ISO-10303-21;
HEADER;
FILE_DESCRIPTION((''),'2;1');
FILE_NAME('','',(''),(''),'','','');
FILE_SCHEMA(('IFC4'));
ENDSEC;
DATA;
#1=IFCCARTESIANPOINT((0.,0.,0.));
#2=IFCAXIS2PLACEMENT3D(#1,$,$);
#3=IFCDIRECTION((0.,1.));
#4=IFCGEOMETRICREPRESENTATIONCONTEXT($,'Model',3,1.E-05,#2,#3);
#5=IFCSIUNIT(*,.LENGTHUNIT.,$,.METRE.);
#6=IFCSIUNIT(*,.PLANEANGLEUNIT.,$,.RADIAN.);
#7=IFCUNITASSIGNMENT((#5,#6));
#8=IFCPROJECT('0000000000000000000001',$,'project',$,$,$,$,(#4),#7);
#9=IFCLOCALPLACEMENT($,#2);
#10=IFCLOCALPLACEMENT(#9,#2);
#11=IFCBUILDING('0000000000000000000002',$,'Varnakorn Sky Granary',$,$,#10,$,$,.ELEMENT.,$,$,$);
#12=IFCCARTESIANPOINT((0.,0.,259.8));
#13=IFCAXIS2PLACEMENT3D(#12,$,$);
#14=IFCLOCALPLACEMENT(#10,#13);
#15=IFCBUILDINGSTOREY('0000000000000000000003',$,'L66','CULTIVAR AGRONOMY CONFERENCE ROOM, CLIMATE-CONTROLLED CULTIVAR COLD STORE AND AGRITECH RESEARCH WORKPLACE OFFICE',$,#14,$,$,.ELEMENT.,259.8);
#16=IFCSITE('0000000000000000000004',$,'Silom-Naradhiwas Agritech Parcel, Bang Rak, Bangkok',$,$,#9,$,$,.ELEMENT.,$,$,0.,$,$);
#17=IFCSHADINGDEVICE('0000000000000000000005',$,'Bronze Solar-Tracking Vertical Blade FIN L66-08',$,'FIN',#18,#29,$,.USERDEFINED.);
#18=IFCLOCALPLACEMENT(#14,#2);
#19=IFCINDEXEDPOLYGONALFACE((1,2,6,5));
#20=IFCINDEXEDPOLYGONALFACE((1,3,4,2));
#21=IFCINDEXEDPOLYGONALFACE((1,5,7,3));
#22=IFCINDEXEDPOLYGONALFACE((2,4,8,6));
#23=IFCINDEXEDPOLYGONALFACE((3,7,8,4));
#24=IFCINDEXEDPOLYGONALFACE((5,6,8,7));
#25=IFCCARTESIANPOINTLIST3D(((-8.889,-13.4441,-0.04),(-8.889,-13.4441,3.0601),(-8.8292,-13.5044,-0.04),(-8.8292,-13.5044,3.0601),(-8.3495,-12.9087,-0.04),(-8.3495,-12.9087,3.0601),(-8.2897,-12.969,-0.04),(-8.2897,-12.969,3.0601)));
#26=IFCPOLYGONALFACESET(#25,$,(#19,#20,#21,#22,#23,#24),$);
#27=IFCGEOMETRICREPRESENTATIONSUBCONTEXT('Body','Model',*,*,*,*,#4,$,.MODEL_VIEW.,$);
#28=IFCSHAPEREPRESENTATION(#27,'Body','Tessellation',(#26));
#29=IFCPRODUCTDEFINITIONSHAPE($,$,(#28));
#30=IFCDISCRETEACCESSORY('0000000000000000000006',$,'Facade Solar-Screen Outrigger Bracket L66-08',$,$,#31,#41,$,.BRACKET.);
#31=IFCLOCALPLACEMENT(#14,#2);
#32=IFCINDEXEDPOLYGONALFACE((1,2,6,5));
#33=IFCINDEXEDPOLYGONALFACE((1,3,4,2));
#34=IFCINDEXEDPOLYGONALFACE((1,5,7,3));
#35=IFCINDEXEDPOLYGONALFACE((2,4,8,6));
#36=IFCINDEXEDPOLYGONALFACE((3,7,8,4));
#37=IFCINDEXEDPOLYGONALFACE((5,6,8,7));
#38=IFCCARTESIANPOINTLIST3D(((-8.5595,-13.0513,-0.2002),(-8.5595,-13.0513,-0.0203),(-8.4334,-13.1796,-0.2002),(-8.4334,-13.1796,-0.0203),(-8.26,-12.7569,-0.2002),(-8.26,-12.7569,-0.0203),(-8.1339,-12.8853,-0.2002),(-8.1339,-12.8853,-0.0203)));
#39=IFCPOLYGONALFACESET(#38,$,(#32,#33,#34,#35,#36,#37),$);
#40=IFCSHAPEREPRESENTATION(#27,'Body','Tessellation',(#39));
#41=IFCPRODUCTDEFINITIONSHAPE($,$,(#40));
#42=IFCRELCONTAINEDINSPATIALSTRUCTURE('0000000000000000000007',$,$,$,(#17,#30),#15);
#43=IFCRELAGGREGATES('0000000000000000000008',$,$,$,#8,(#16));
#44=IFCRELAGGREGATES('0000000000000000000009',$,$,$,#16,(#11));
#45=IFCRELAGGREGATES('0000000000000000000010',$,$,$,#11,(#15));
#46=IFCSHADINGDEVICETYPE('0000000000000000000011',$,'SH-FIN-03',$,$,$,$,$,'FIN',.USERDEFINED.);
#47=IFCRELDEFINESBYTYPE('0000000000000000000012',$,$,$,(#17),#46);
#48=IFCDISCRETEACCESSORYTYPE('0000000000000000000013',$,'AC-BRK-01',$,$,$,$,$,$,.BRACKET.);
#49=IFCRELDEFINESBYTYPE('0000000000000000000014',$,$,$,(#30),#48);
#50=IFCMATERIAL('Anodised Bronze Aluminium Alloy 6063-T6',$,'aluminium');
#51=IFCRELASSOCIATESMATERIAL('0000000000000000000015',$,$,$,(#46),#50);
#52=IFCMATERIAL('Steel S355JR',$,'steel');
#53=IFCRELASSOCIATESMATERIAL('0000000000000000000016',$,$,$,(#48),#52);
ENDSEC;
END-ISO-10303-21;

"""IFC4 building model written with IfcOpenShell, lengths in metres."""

from ifc_helpers import new_model, si_unit, direction, frame, origin, origin_2d, place, context, subcontext, project, spatial, rectangle, extrude, source, transform, mapped, material, type_object, type_shapes, element, save


model = new_model("IFC4")

# Units and contexts
model_context = context("Model", 3, precision=1e-05, world=origin(), true_north=direction((0.0, 1.0)))
body_context = subcontext(model_context, "Body", "Model", "MODEL_VIEW")
ifc_project = project(units=[si_unit("LENGTHUNIT", "METRE"), si_unit("PLANEANGLEUNIT", "RADIAN")], contexts=[model_context])

# Site, building, storey
site_placement = place(None, origin())
site = spatial("IfcSite", under=ifc_project, at=site_placement, Name="Silom-Naradhiwas Agritech Parcel, Bang Rak, Bangkok", CompositionType="ELEMENT", RefElevation=0.0)
building_placement = place(site_placement, origin())
building = spatial("IfcBuilding", under=site, at=building_placement, Name="Varnakorn Sky Granary", CompositionType="ELEMENT")
storey_placement = place(building_placement, frame((0.0, 0.0, 259.8)))
storey = spatial("IfcBuildingStorey", under=building, at=storey_placement, Name="L66", Description="CULTIVAR AGRONOMY CONFERENCE ROOM, CLIMATE-CONTROLLED CULTIVAR COLD STORE AND AGRITECH RESEARCH WORKPLACE OFFICE", CompositionType="ELEMENT", Elevation=259.8)

# Shared definitions
ifc_material_1 = material(Name="Steel S355JR", Category="steel")

# Shared definitions
ifc_material_2 = material(Name="Anodised Bronze Aluminium Alloy 6063-T6", Category="aluminium")

# Shading device
shading_device_type = type_object("IfcShadingDeviceType", Name="SH-FIN-03", ElementType="FIN", PredefinedType="USERDEFINED", material=ifc_material_2)
shared_shape_1 = source(origin(), body_context, "Body", "SweptSolid", [
    extrude(rectangle(XDim=0.085, YDim=0.76, at=origin_2d()), origin(), (0.0, 0.0, 1.0), 3.1001),
])
type_shapes(shading_device_type, [shared_shape_1])
shading_device_placement = place(storey_placement, frame((-8.5894, -13.2065, -0.04), z_axis=(0.0, 0.0, 1.0), x_axis=(0.704375, -0.709828, 0.0)))
element("IfcShadingDevice", 1, at=shading_device_placement, inside=storey, type_object=shading_device_type, Name="Bronze Solar-Tracking Vertical Blade FIN L66-08", ObjectType="FIN", PredefinedType="USERDEFINED", context=body_context, shape_type="MappedRepresentation", body=[
    mapped(shared_shape_1, transform((0.0, 0.0, 0.0), x_axis=(1.0, 0.0, 0.0), y_axis=(0.0, 1.0, 0.0), z_axis=(0.0, 0.0, 1.0), scale=1.0)),
])

# Discrete accessory
discrete_accessory_type = type_object("IfcDiscreteAccessoryType", Name="AC-BRK-01", PredefinedType="BRACKET", material=ifc_material_1)
shared_shape_2 = source(origin(), body_context, "Body", "SweptSolid", [
    extrude(rectangle(XDim=0.1799, YDim=0.4199, at=origin_2d()), origin(), (0.0, 0.0, 1.0), 0.1799),
])
type_shapes(discrete_accessory_type, [shared_shape_2])
discrete_accessory_placement = place(storey_placement, frame((-8.3467, -12.9683, -0.2002), z_axis=(0.0, 0.0, 1.0), x_axis=(0.700905, -0.713254, 0.0)))
element("IfcDiscreteAccessory", 2, at=discrete_accessory_placement, inside=storey, type_object=discrete_accessory_type, Name="Facade Solar-Screen Outrigger Bracket L66-08", PredefinedType="BRACKET", context=body_context, shape_type="MappedRepresentation", body=[
    mapped(shared_shape_2, transform((0.0, 0.0, 0.0), x_axis=(1.0, 0.0, 0.0), y_axis=(0.0, 1.0, 0.0), z_axis=(0.0, 0.0, 1.0), scale=1.0)),
])

save(model, "model.ifc")
